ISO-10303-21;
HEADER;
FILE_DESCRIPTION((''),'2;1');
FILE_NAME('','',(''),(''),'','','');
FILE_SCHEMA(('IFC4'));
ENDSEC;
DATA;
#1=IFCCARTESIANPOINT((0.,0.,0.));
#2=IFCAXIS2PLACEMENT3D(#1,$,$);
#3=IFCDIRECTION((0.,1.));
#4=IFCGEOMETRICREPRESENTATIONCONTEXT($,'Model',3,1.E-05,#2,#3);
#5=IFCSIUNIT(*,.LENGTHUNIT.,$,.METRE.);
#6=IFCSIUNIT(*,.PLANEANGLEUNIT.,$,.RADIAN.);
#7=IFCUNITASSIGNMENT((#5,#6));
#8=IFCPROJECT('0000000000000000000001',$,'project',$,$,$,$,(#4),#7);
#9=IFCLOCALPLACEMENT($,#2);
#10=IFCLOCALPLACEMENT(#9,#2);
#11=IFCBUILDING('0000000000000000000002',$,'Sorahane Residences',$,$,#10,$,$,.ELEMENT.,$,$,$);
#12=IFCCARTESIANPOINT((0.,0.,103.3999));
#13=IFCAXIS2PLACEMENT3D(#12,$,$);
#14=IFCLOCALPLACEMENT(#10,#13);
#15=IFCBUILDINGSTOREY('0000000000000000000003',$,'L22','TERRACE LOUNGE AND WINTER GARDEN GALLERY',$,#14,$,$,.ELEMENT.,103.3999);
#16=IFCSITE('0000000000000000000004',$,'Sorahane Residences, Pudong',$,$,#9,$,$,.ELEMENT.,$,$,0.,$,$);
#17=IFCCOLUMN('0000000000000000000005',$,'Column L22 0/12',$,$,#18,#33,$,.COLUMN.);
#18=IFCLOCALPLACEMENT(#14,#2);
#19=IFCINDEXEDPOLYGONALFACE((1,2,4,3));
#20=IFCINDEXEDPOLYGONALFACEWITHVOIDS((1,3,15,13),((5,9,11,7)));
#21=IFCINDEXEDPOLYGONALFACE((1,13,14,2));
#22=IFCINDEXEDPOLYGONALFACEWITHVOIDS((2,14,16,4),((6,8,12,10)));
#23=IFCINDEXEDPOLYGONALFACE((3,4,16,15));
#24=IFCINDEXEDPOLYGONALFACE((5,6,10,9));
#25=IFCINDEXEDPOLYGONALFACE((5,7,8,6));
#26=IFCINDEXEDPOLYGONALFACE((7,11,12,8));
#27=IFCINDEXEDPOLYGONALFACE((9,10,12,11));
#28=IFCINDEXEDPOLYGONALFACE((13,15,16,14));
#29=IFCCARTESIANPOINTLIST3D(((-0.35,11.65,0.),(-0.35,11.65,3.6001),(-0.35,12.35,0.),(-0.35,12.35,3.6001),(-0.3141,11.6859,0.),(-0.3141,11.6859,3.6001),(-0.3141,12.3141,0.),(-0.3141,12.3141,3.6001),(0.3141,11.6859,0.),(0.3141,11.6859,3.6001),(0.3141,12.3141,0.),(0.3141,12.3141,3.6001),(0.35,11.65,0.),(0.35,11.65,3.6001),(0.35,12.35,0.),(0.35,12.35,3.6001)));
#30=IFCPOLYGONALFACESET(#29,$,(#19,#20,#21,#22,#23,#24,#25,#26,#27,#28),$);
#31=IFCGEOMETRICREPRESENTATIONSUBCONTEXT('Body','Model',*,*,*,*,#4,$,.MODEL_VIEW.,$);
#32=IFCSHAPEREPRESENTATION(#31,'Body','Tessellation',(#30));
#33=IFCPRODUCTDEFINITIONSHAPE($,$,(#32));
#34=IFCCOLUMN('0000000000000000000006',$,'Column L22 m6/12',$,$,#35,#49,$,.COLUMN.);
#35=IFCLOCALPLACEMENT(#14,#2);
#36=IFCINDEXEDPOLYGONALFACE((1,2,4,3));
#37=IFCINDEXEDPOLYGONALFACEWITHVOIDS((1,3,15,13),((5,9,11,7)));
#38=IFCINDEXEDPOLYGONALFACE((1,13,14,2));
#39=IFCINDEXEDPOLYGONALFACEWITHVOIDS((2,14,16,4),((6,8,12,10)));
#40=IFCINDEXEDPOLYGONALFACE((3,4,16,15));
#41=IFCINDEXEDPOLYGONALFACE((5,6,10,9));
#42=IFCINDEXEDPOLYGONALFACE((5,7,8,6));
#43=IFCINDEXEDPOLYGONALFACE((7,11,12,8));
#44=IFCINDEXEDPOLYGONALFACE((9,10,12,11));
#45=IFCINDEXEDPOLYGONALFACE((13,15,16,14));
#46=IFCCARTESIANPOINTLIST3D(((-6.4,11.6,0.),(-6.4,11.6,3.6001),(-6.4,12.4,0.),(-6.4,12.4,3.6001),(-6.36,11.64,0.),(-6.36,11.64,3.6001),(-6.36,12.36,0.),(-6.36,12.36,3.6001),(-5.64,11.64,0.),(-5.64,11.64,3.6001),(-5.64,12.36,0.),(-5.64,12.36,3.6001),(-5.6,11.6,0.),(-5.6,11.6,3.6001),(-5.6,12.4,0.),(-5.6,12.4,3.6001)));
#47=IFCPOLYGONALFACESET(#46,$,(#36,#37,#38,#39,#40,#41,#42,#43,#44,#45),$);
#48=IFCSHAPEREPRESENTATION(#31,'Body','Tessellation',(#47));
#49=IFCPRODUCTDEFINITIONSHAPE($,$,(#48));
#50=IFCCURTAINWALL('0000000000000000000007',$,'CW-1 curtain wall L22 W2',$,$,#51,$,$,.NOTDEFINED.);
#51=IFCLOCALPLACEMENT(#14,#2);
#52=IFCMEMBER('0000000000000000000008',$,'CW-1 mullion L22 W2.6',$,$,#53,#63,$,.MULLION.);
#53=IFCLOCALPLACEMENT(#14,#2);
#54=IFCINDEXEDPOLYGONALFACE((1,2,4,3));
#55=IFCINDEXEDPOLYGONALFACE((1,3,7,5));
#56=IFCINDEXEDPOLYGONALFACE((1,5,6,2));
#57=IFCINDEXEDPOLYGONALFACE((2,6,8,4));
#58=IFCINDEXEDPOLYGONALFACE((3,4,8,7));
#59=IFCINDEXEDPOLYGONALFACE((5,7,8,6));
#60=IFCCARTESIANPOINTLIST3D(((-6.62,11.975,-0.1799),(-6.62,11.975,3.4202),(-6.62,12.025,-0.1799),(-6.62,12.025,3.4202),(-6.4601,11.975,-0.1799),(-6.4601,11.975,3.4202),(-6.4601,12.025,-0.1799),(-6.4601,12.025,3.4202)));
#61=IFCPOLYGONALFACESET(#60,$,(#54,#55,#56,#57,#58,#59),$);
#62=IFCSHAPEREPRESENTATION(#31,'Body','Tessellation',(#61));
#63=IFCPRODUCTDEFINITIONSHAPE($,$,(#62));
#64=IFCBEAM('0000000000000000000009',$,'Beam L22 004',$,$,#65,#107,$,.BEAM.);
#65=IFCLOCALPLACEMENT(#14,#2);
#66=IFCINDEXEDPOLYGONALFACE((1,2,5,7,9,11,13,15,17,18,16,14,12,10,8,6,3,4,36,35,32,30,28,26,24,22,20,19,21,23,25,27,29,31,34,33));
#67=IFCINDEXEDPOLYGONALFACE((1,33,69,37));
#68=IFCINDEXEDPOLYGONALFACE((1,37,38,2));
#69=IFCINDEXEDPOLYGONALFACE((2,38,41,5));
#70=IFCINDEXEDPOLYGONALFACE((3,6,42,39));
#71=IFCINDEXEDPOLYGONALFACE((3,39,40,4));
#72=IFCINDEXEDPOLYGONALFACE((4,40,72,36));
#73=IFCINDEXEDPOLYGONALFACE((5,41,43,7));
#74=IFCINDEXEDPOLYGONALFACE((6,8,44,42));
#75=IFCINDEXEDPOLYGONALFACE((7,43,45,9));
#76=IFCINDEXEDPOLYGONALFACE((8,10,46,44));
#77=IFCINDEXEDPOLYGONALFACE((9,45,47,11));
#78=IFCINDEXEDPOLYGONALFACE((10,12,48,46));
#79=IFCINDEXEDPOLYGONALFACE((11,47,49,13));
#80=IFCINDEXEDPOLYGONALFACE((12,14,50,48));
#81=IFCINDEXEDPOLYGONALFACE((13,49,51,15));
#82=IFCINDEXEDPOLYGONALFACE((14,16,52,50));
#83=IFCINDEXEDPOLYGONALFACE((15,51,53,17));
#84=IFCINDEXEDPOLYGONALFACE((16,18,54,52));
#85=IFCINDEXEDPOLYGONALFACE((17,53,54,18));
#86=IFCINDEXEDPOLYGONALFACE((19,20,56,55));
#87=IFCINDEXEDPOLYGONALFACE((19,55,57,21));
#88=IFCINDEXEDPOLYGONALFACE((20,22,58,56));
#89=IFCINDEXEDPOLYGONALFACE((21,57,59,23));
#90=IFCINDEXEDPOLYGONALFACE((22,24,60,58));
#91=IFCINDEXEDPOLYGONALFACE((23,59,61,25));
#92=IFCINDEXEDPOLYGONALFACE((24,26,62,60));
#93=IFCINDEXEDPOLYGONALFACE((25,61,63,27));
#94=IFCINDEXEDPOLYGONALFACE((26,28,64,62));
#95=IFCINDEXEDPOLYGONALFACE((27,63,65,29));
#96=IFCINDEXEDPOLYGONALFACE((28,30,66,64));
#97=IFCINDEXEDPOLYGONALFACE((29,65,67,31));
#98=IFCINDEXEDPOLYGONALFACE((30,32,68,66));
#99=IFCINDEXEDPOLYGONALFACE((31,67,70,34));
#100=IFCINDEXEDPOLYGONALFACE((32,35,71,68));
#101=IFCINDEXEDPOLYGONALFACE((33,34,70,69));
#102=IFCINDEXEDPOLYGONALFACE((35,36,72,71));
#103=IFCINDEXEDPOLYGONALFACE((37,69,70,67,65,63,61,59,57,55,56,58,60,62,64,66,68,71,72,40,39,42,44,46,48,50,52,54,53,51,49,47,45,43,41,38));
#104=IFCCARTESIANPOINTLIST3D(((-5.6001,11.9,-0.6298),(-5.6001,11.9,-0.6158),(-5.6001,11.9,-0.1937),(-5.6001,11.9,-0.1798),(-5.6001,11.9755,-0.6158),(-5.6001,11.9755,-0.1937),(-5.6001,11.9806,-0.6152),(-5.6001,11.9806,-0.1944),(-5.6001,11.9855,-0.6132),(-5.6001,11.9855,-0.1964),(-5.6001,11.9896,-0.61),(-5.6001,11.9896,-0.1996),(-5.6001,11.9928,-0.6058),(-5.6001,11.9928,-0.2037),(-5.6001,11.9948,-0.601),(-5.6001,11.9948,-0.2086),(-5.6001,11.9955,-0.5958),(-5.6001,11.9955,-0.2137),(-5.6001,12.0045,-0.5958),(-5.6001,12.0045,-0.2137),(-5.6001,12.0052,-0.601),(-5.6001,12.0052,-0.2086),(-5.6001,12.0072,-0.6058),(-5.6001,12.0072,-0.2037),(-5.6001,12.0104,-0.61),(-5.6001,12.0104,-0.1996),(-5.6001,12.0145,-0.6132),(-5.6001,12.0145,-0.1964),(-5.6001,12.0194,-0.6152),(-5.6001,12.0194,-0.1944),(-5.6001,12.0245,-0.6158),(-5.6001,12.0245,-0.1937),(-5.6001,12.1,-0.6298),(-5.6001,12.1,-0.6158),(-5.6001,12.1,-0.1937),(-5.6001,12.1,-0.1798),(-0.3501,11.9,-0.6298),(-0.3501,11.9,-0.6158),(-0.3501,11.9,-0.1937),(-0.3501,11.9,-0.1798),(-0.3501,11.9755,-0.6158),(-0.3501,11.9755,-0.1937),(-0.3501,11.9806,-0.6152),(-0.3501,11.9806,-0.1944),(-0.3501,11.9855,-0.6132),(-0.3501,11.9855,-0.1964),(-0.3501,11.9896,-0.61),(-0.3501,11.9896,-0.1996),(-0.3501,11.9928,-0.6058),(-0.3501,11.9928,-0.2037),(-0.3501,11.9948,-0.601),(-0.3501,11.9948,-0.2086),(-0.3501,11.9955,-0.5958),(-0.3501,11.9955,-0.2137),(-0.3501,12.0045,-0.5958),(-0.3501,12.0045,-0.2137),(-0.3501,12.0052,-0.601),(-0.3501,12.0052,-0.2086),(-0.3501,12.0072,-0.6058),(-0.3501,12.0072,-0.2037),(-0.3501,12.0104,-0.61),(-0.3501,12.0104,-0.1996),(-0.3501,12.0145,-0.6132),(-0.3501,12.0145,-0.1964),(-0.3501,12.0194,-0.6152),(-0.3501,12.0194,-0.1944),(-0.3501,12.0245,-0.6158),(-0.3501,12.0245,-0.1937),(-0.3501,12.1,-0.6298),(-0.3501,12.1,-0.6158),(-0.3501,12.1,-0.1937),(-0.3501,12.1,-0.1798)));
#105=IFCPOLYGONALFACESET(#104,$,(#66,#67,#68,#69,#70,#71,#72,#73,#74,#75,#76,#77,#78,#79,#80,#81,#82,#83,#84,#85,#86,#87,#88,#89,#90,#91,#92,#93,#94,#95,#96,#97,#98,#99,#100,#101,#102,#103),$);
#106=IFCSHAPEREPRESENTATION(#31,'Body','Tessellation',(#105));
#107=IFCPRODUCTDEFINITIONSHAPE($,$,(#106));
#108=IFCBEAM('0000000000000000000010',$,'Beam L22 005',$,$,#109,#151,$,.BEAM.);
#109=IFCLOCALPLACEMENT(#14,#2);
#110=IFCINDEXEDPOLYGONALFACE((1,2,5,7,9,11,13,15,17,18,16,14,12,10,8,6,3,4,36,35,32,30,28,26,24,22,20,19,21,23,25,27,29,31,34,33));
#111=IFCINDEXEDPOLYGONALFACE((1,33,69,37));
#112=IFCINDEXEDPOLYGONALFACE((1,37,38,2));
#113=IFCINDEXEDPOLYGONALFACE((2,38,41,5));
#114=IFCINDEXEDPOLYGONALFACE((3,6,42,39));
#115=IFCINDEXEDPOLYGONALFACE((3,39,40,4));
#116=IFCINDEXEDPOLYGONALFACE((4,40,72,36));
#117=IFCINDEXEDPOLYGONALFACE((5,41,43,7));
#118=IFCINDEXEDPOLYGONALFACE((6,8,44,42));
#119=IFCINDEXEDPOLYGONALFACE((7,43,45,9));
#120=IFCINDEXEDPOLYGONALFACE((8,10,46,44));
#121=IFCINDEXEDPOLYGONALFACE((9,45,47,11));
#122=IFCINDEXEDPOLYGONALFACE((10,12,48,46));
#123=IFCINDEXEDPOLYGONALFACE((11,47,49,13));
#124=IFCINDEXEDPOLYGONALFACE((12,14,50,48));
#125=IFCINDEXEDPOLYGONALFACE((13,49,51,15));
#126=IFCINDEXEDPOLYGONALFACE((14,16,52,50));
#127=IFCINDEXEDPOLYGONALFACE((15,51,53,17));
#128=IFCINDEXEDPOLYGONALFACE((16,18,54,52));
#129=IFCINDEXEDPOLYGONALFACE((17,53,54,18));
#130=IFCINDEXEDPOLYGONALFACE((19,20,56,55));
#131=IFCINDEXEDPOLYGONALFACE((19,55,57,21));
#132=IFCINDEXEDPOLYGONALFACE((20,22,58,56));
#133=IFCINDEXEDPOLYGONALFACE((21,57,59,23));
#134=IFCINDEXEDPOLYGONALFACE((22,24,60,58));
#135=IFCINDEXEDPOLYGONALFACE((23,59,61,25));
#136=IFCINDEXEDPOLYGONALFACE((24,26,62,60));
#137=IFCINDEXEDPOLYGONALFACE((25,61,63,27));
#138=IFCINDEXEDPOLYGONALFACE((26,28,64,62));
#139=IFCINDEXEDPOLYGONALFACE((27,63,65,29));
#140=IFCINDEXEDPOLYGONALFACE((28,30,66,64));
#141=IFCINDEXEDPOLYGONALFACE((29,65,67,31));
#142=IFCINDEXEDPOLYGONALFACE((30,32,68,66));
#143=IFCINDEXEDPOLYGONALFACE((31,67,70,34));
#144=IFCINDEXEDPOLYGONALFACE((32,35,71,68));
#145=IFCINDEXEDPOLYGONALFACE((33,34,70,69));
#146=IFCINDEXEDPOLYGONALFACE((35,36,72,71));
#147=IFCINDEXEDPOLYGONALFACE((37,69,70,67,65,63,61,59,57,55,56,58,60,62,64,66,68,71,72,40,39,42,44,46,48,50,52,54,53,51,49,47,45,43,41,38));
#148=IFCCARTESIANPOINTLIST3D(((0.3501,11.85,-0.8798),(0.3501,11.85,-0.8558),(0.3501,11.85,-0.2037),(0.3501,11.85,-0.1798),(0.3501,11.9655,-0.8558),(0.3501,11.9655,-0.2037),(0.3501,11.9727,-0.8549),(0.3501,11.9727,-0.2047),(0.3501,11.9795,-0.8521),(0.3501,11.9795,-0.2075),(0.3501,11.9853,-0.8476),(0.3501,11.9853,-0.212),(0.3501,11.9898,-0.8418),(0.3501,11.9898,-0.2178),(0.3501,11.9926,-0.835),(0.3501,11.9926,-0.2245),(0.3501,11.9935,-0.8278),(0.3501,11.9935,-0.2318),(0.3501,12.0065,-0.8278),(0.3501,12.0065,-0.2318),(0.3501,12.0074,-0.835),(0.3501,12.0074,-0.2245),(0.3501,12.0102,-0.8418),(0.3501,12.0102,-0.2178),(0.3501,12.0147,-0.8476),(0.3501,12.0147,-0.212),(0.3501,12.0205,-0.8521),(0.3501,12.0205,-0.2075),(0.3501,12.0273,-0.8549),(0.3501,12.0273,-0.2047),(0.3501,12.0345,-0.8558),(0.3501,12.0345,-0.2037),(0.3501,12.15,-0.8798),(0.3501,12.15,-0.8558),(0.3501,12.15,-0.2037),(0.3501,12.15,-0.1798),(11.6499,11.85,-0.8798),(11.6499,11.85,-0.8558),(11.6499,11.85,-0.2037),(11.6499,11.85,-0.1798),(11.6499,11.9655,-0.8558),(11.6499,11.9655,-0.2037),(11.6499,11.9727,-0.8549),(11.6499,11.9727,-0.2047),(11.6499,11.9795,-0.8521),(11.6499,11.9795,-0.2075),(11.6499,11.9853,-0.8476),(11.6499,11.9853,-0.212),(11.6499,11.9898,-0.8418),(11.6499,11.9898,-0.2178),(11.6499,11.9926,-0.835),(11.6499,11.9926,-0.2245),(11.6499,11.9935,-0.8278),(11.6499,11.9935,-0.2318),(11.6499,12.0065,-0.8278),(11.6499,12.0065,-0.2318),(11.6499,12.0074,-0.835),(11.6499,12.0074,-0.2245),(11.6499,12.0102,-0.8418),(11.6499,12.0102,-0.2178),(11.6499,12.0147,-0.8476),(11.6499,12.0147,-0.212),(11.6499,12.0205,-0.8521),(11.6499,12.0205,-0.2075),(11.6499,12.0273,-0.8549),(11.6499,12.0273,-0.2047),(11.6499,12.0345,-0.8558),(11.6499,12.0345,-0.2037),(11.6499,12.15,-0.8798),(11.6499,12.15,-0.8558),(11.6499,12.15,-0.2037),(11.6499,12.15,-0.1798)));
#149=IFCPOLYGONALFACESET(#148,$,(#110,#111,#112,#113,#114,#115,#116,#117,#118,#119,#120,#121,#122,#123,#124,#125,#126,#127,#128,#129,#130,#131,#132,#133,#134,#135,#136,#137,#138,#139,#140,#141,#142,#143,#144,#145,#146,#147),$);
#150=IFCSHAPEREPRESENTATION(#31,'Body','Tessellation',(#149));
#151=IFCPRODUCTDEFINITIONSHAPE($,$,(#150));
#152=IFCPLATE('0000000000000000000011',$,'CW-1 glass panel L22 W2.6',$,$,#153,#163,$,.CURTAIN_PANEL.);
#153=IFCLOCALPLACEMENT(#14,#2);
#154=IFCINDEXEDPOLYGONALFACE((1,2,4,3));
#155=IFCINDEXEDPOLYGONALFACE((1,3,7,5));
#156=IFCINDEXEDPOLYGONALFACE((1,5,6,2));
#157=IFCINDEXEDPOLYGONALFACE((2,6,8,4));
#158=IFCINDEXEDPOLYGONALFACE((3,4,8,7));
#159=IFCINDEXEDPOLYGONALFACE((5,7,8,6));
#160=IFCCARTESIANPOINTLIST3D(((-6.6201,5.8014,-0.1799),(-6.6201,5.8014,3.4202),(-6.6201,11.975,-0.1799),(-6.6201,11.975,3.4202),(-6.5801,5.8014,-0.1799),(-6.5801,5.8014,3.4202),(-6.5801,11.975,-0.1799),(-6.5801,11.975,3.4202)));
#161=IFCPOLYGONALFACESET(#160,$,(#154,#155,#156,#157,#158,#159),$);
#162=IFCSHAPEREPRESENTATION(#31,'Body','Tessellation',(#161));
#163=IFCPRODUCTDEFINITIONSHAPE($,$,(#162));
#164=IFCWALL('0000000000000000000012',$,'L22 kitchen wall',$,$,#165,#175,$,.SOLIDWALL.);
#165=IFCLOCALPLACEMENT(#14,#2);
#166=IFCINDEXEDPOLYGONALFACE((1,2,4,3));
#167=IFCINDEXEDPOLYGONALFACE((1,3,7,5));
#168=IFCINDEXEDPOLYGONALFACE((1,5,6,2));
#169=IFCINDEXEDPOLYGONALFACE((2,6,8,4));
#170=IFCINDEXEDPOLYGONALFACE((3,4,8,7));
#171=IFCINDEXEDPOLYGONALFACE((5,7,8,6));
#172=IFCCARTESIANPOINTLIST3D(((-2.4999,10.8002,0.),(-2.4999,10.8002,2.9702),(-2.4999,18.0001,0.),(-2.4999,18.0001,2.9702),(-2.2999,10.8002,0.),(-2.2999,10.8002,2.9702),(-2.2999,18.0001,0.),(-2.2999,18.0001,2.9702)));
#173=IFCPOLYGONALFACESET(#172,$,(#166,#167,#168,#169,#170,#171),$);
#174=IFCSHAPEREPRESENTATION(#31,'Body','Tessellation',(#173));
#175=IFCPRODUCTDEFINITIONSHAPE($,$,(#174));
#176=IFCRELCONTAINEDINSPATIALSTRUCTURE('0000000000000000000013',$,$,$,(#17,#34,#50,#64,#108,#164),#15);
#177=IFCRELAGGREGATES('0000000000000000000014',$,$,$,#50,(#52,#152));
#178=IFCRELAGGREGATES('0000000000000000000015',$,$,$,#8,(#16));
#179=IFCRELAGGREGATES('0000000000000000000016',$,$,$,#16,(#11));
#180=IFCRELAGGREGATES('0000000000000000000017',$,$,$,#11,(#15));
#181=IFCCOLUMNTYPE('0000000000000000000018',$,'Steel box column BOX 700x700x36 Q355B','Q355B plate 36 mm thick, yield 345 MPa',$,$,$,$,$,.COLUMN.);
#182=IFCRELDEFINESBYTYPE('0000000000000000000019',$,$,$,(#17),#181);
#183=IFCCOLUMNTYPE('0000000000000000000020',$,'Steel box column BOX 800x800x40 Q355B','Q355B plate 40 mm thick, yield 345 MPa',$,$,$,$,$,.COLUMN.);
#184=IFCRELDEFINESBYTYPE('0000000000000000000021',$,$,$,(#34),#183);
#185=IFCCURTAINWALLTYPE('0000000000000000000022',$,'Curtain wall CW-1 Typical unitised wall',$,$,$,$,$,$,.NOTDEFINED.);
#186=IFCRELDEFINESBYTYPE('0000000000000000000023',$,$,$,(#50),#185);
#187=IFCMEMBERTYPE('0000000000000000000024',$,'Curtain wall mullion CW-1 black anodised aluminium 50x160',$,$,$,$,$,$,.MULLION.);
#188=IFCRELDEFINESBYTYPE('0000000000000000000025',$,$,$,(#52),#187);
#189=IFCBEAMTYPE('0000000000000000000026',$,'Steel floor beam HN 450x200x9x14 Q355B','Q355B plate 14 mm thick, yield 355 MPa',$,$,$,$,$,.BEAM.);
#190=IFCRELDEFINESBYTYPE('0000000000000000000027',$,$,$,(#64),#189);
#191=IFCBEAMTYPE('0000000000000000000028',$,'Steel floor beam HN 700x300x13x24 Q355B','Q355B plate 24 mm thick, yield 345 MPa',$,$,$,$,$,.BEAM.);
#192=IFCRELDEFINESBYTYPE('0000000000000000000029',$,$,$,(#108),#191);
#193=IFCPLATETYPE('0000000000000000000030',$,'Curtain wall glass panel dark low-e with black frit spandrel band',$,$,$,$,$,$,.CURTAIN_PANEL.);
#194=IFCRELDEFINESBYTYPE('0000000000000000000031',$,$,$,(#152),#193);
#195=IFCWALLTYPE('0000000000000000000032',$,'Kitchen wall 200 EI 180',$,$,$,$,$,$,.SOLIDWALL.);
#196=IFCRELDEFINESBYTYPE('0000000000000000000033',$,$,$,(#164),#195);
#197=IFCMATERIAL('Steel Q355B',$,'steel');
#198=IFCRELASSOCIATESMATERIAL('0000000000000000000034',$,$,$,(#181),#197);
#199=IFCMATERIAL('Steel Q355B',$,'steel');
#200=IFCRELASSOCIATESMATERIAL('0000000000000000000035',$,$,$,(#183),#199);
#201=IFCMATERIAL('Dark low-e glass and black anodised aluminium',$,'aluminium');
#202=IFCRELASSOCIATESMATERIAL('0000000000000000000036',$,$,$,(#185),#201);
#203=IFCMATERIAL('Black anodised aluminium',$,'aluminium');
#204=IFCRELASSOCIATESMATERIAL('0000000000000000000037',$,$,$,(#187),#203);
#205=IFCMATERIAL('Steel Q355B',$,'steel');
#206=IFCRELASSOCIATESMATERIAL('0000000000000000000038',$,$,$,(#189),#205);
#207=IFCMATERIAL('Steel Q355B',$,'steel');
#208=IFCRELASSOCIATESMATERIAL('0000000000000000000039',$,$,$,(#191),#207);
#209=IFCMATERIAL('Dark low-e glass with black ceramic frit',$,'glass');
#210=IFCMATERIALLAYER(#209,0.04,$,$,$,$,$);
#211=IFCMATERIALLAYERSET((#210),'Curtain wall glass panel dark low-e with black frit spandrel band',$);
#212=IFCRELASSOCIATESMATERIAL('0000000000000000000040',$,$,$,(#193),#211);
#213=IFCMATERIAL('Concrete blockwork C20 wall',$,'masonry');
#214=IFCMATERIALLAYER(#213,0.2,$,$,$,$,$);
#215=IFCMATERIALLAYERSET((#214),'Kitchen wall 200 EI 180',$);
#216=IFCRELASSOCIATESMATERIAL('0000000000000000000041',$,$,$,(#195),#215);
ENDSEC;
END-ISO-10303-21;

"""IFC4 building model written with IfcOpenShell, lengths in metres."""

from ifc_helpers import new_model, si_unit, direction, frame, frame_2d, origin, origin_2d, place, context, subcontext, project, spatial, rectangle, hollow_rectangle, i_section, extrude, material, layer, layer_set, material_profile, profile_set, type_object, element, aggregate, save


model = new_model("IFC4")

# Units and contexts
model_context = context("Model", 3, precision=1e-05, world=origin(), true_north=direction((0.0, 1.0)))
body_context = subcontext(model_context, "Body", "Model", "MODEL_VIEW")
ifc_project = project(units=[si_unit("LENGTHUNIT", "METRE"), si_unit("PLANEANGLEUNIT", "RADIAN")], contexts=[model_context])

# Site, building, storey
site_placement = place(None, origin())
site = spatial("IfcSite", under=ifc_project, at=site_placement, Name="Sorahane Residences, Pudong", CompositionType="ELEMENT", RefElevation=0.0)
building_placement = place(site_placement, origin())
building = spatial("IfcBuilding", under=site, at=building_placement, Name="Sorahane Residences", CompositionType="ELEMENT")
storey_placement = place(building_placement, frame((0.0, 0.0, 103.3999)))
storey = spatial("IfcBuildingStorey", under=building, at=storey_placement, Name="L22", Description="TERRACE LOUNGE AND WINTER GARDEN GALLERY", CompositionType="ELEMENT", Elevation=103.3999)

# Columns
ifc_material_1 = material(Name="Steel Q355B", Category="steel")
ifc_material_profile_1 = material_profile(ifc_material_1, hollow_rectangle(XDim=0.7, YDim=0.7, WallThickness=0.0359, at=origin_2d()), Name="BOX 700x700x36")
ifc_profile_set_1 = profile_set([ifc_material_profile_1], Name="Steel Q355B")
column_type_1 = type_object("IfcColumnType", Name="Steel box column BOX 700x700x36 Q355B", Description="Q355B plate 36 mm thick, yield 345 MPa", PredefinedType="COLUMN", material=ifc_profile_set_1)
column_1_placement = place(storey_placement, frame((0.0, 12.0, 0.0), z_axis=(0.0, 0.0, 1.0), x_axis=(1.0, 0.0, 0.0)))
element("IfcColumn", 1, at=column_1_placement, inside=storey, type_object=column_type_1, Name="Column L22 0/12", PredefinedType="COLUMN", context=body_context, shape_type="SweptSolid", body=[
    extrude(hollow_rectangle(XDim=0.7, YDim=0.7, WallThickness=0.0359, at=origin_2d()), origin(), (0.0, 0.0, 1.0), 3.6001),
])
ifc_material_2 = material(Name="Steel Q355B", Category="steel")
ifc_material_profile_2 = material_profile(ifc_material_2, hollow_rectangle(XDim=0.8, YDim=0.8, WallThickness=0.04, at=origin_2d()), Name="BOX 800x800x40")
ifc_profile_set_2 = profile_set([ifc_material_profile_2], Name="Steel Q355B")
column_type_2 = type_object("IfcColumnType", Name="Steel box column BOX 800x800x40 Q355B", Description="Q355B plate 40 mm thick, yield 345 MPa", PredefinedType="COLUMN", material=ifc_profile_set_2)
column_2_placement = place(storey_placement, frame((-6.0, 12.0, 0.0), z_axis=(0.0, 0.0, 1.0), x_axis=(1.0, 0.0, 0.0)))
element("IfcColumn", 2, at=column_2_placement, inside=storey, type_object=column_type_2, Name="Column L22 m6/12", PredefinedType="COLUMN", context=body_context, shape_type="SweptSolid", body=[
    extrude(hollow_rectangle(XDim=0.8, YDim=0.8, WallThickness=0.04, at=origin_2d()), origin(), (0.0, 0.0, 1.0), 3.6001),
])

# Curtain wall, member
ifc_material_3 = material(Name="Dark low-e glass and black anodised aluminium", Category="aluminium")
curtain_wall_type = type_object("IfcCurtainWallType", Name="Curtain wall CW-1 Typical unitised wall", PredefinedType="NOTDEFINED", material=ifc_material_3)
curtain_wall_placement = place(storey_placement, origin())
curtain_wall = element("IfcCurtainWall", 3, at=curtain_wall_placement, inside=storey, type_object=curtain_wall_type, Name="CW-1 curtain wall L22 W2", PredefinedType="NOTDEFINED")
ifc_material_4 = material(Name="Black anodised aluminium", Category="aluminium")
ifc_material_profile_3 = material_profile(ifc_material_4, rectangle(XDim=0.1599, YDim=0.05, at=origin_2d()), Name="Curtain wall mullion CW-1 black anodised aluminium 50x160")
ifc_profile_set_3 = profile_set([ifc_material_profile_3], Name="Black anodised aluminium")
member_type = type_object("IfcMemberType", Name="Curtain wall mullion CW-1 black anodised aluminium 50x160", PredefinedType="MULLION", material=ifc_profile_set_3)
member_placement = place(storey_placement, frame((-6.54, 12.0, -0.1799), z_axis=(0.0, 0.0, 1.0), x_axis=(-1.0, 0.0, 0.0)))
member = element("IfcMember", 4, at=member_placement, type_object=member_type, Name="CW-1 mullion L22 W2.6", PredefinedType="MULLION", context=body_context, shape_type="SweptSolid", body=[
    extrude(rectangle(XDim=0.1599, YDim=0.05, at=origin_2d()), origin(), (0.0, 0.0, 1.0), 3.6001),
])

# Beams
ifc_material_5 = material(Name="Steel Q355B", Category="steel")
ifc_material_profile_4 = material_profile(ifc_material_5, i_section(OverallWidth=0.2, OverallDepth=0.45, WebThickness=0.009, FlangeThickness=0.0139, FilletRadius=0.02, at=origin_2d()), Name="HN 450x200x9x14")
ifc_profile_set_4 = profile_set([ifc_material_profile_4], Name="Steel Q355B")
beam_type_1 = type_object("IfcBeamType", Name="Steel floor beam HN 450x200x9x14 Q355B", Description="Q355B plate 14 mm thick, yield 355 MPa", PredefinedType="BEAM", material=ifc_profile_set_4)
beam_1_placement = place(storey_placement, frame((-5.6001, 12.0, -0.4048), z_axis=(1.0, 0.0, 0.0), x_axis=(0.0, 1.0, 0.0)))
element("IfcBeam", 5, at=beam_1_placement, inside=storey, type_object=beam_type_1, Name="Beam L22 004", PredefinedType="BEAM", context=body_context, shape_type="SweptSolid", body=[
    extrude(i_section(OverallWidth=0.2, OverallDepth=0.45, WebThickness=0.009, FlangeThickness=0.0139, FilletRadius=0.02, at=origin_2d()), origin(), (0.0, 0.0, 1.0), 5.25),
])
ifc_material_6 = material(Name="Steel Q355B", Category="steel")
ifc_material_profile_5 = material_profile(ifc_material_6, i_section(OverallWidth=0.3, OverallDepth=0.7, WebThickness=0.0129, FlangeThickness=0.0239, FilletRadius=0.0281, at=origin_2d()), Name="HN 700x300x13x24")
ifc_profile_set_5 = profile_set([ifc_material_profile_5], Name="Steel Q355B")
beam_type_2 = type_object("IfcBeamType", Name="Steel floor beam HN 700x300x13x24 Q355B", Description="Q355B plate 24 mm thick, yield 345 MPa", PredefinedType="BEAM", material=ifc_profile_set_5)
beam_2_placement = place(storey_placement, frame((0.3501, 12.0, -0.5298), z_axis=(1.0, 0.0, 0.0), x_axis=(0.0, 1.0, 0.0)))
element("IfcBeam", 6, at=beam_2_placement, inside=storey, type_object=beam_type_2, Name="Beam L22 005", PredefinedType="BEAM", context=body_context, shape_type="SweptSolid", body=[
    extrude(i_section(OverallWidth=0.3, OverallDepth=0.7, WebThickness=0.0129, FlangeThickness=0.0239, FilletRadius=0.0281, at=origin_2d()), origin(), (0.0, 0.0, 1.0), 11.2998),
])

# Plate
ifc_material_7 = material(Name="Dark low-e glass with black ceramic frit", Category="glass")
ifc_layer_1 = layer(ifc_material_7, 0.04)
ifc_layer_set_1 = layer_set([ifc_layer_1], Name="Curtain wall glass panel dark low-e with black frit spandrel band")
plate_type = type_object("IfcPlateType", Name="Curtain wall glass panel dark low-e with black frit spandrel band", PredefinedType="CURTAIN_PANEL", material=ifc_layer_set_1)
plate_placement = place(storey_placement, frame((-6.6001, 8.8882, -0.1799), z_axis=(0.0, 0.0, 1.0), x_axis=(0.0, -1.0, 0.0)))
plate = element("IfcPlate", 7, at=plate_placement, type_object=plate_type, Name="CW-1 glass panel L22 W2.6", PredefinedType="CURTAIN_PANEL", context=body_context, shape_type="SweptSolid", body=[
    extrude(rectangle(XDim=6.1736, YDim=0.04, at=origin_2d()), origin(), (0.0, 0.0, 1.0), 3.6001),
])
aggregate(curtain_wall, [member, plate])

# Wall
ifc_material_8 = material(Name="Concrete blockwork C20 wall", Category="masonry")
ifc_layer_2 = layer(ifc_material_8, 0.2)
ifc_layer_set_2 = layer_set([ifc_layer_2], Name="Kitchen wall 200 EI 180")
wall_type_1 = type_object("IfcWallType", Name="Kitchen wall 200 EI 180", PredefinedType="SOLIDWALL", material=ifc_layer_set_2)
wall_1_placement = place(storey_placement, frame((-2.3999, 10.8, 0.0), z_axis=(0.0, 0.0, 1.0), x_axis=(0.0, 1.0, 0.0)))
element("IfcWall", 8, at=wall_1_placement, inside=storey, type_object=wall_type_1, Name="L22 kitchen wall", PredefinedType="SOLIDWALL", context=body_context, shape_type="SweptSolid", body=[
    extrude(rectangle(XDim=7.2, YDim=0.2, at=frame_2d((3.6001, 0.0))), origin(), (0.0, 0.0, 1.0), 2.9702),
])

save(model, "model.ifc")
